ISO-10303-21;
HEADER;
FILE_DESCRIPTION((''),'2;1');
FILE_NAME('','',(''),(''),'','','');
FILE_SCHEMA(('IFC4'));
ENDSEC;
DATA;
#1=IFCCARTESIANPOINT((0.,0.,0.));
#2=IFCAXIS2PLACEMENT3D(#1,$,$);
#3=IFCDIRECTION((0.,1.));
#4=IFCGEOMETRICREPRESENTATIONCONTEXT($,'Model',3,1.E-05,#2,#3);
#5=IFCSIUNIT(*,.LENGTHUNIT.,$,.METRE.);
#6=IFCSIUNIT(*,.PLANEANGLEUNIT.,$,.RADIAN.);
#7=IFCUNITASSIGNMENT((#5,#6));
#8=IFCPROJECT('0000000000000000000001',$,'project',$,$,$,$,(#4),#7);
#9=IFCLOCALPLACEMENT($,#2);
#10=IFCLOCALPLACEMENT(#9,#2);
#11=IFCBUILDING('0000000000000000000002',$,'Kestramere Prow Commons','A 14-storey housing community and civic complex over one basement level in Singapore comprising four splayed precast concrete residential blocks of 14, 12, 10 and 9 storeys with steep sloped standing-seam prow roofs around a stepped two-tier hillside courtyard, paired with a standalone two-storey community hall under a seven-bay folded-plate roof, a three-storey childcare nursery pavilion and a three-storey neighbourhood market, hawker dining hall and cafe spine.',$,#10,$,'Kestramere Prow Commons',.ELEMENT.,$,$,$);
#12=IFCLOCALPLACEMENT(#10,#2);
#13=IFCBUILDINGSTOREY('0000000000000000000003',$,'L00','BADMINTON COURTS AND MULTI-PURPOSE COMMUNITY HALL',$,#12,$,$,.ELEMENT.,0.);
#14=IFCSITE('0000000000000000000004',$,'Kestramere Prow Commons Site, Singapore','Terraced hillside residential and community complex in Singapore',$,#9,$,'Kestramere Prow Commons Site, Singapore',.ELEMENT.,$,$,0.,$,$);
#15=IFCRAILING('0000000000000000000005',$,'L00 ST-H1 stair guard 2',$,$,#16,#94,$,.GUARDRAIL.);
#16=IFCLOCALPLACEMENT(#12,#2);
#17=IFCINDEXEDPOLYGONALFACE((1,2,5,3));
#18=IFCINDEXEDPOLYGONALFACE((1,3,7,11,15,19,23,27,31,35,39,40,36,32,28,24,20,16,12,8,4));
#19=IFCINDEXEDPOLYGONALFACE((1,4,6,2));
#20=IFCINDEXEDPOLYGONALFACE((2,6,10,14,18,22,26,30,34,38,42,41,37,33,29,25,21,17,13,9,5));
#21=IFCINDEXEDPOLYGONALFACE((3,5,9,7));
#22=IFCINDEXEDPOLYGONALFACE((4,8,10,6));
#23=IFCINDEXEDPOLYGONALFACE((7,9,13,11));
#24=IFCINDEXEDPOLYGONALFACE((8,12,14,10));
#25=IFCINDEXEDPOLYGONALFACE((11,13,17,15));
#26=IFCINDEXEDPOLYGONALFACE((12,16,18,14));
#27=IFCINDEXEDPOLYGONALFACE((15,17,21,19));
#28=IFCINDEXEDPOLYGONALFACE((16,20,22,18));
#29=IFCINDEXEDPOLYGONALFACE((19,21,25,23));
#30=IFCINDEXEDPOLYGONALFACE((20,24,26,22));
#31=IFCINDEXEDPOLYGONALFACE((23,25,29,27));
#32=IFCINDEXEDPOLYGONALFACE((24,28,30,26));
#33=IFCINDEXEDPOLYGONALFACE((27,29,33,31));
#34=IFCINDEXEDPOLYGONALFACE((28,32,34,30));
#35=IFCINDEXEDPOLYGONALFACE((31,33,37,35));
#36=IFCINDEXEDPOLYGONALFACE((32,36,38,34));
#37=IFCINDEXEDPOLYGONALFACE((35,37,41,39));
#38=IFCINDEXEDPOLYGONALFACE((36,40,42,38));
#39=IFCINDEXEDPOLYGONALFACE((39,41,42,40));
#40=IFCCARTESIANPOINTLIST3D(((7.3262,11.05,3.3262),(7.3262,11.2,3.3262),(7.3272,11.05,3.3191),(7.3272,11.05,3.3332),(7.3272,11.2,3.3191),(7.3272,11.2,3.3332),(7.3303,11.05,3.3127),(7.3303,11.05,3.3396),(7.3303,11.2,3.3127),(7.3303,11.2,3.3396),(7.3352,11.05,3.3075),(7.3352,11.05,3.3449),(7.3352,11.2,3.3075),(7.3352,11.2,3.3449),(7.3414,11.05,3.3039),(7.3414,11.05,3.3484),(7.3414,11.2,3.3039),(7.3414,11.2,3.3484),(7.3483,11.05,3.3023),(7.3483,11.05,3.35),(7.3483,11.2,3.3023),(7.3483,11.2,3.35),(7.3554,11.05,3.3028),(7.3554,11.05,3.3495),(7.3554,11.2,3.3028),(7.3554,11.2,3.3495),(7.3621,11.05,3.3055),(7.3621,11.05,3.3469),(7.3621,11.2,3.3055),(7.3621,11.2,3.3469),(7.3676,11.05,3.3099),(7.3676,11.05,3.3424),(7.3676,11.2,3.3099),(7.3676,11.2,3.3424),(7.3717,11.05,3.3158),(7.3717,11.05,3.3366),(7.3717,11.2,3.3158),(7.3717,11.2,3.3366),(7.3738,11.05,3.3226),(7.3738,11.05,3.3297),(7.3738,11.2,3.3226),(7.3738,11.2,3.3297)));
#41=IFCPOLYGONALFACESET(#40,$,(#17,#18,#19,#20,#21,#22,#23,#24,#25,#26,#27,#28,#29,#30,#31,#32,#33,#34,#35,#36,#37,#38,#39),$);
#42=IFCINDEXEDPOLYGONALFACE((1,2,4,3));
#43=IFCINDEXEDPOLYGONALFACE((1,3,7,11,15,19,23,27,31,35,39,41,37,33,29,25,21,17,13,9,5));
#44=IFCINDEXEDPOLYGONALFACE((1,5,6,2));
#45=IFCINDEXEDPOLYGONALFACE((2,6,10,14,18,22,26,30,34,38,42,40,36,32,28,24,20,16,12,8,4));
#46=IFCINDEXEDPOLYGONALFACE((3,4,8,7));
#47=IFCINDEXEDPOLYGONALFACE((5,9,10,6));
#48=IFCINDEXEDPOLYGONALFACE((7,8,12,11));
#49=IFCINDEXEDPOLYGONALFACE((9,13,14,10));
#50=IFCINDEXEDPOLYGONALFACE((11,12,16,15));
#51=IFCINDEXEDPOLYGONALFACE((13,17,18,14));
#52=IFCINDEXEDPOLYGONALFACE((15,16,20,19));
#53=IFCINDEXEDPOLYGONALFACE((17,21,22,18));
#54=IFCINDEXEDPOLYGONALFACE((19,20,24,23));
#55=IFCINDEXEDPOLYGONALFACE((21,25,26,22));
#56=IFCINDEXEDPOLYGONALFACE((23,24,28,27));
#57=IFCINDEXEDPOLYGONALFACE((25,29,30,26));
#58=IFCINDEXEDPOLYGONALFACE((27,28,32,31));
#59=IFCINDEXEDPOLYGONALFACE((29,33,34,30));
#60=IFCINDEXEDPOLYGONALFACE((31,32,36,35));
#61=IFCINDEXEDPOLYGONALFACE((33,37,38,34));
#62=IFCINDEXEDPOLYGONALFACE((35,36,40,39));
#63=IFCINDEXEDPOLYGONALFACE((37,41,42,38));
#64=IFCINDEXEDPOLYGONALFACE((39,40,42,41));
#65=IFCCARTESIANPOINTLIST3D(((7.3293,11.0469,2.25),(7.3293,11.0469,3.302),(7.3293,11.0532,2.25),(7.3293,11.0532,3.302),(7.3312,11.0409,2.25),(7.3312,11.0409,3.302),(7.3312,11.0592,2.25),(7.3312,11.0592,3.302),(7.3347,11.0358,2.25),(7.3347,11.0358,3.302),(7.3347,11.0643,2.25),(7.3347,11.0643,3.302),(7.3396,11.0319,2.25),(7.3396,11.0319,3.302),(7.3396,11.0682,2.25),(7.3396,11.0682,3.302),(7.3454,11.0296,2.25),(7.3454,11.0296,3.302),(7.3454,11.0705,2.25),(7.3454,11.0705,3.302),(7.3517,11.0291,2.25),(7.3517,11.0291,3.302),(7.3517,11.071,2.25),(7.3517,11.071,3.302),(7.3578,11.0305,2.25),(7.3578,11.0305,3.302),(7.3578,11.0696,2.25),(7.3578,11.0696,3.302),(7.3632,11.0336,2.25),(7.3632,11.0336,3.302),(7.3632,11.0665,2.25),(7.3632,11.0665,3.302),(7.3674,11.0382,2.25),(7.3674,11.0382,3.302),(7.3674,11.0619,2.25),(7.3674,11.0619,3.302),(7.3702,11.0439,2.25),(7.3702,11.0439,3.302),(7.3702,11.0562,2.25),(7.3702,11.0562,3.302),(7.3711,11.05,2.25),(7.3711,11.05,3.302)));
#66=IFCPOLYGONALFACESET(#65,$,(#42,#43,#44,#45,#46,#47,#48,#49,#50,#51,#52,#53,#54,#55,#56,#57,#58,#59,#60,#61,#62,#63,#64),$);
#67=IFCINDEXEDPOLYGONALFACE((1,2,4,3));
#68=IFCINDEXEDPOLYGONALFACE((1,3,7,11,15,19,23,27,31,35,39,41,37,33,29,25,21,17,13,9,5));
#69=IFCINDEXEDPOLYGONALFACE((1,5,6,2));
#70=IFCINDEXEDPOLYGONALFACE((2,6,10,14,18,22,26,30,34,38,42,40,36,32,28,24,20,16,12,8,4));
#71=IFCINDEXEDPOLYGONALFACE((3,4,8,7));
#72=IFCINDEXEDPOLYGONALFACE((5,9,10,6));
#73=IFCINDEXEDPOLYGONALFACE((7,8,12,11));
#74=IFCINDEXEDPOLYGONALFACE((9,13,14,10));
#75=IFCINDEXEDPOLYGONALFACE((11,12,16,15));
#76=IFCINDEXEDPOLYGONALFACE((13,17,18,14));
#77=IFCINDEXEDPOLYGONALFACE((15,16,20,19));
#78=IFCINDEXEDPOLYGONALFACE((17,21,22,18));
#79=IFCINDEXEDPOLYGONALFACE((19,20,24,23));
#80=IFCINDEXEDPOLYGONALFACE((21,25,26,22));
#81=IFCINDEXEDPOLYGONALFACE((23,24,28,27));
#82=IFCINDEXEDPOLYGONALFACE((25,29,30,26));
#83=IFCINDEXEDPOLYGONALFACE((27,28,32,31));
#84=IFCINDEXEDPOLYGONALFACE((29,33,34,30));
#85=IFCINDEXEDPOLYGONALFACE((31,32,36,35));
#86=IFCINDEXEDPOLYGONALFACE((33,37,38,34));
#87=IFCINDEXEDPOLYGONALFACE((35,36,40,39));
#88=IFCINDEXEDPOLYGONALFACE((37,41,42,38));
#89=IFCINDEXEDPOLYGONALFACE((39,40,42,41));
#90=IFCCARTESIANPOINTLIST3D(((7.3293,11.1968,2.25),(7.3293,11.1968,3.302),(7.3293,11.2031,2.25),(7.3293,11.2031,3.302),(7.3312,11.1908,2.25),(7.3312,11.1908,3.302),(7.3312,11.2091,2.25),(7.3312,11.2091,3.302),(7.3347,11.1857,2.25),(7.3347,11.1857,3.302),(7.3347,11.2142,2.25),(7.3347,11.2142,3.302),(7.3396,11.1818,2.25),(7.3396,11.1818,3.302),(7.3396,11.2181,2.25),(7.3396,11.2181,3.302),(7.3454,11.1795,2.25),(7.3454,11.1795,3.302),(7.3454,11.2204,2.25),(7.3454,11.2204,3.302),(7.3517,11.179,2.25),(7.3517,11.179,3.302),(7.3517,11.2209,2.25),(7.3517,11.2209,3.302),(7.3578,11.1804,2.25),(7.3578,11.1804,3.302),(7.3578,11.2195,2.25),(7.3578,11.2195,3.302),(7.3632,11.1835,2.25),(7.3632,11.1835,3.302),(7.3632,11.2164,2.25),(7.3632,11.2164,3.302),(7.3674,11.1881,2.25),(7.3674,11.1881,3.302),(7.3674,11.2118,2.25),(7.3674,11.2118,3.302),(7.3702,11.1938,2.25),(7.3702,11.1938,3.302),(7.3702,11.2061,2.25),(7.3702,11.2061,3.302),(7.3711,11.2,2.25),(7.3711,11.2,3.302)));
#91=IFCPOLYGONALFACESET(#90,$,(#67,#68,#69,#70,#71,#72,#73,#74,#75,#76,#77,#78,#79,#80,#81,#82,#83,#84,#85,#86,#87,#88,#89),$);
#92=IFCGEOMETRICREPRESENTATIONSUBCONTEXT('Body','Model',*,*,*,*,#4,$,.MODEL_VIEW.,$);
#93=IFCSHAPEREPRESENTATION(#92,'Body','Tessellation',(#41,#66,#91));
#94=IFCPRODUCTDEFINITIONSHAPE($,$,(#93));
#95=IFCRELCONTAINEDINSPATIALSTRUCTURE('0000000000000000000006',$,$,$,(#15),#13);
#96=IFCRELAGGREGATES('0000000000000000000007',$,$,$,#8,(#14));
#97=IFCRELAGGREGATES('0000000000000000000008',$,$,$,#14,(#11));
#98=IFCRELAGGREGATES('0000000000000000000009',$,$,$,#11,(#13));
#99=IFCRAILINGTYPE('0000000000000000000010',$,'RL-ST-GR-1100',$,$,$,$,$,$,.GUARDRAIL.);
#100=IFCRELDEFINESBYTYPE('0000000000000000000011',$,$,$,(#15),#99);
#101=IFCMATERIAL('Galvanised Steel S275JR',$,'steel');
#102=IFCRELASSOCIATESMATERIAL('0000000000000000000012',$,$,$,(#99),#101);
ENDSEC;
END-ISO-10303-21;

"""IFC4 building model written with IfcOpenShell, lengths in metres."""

from ifc_helpers import new_model, si_unit, direction, frame, origin, origin_2d, place, context, subcontext, project, spatial, circle, extrude, material, type_object, element, save


model = new_model("IFC4")

# Units and contexts
model_context = context("Model", 3, precision=1e-05, world=origin(), true_north=direction((0.0, 1.0)))
body_context = subcontext(model_context, "Body", "Model", "MODEL_VIEW")
ifc_project = project(units=[si_unit("LENGTHUNIT", "METRE"), si_unit("PLANEANGLEUNIT", "RADIAN")], contexts=[model_context])

# Site, building, storey
site_placement = place(None, origin())
site = spatial("IfcSite", under=ifc_project, at=site_placement, Name="Kestramere Prow Commons Site, Singapore", Description="Terraced hillside residential and community complex in Singapore", LongName="Kestramere Prow Commons Site, Singapore", CompositionType="ELEMENT", RefElevation=0.0)
building_placement = place(site_placement, origin())
building = spatial("IfcBuilding", under=site, at=building_placement, Name="Kestramere Prow Commons", Description="A 14-storey housing community and civic complex over one basement level in Singapore comprising four splayed precast concrete residential blocks of 14, 12, 10 and 9 storeys with steep sloped standing-seam prow roofs around a stepped two-tier hillside courtyard, paired with a standalone two-storey community hall under a seven-bay folded-plate roof, a three-storey childcare nursery pavilion and a three-storey neighbourhood market, hawker dining hall and cafe spine.", LongName="Kestramere Prow Commons", CompositionType="ELEMENT")
storey_placement = place(building_placement, origin())
storey = spatial("IfcBuildingStorey", under=building, at=storey_placement, Name="L00", Description="BADMINTON COURTS AND MULTI-PURPOSE COMMUNITY HALL", CompositionType="ELEMENT", Elevation=0.0)

# Railing
ifc_material_1 = material(Name="Galvanised Steel S275JR", Category="steel")
railing_type = type_object("IfcRailingType", Name="RL-ST-GR-1100", PredefinedType="GUARDRAIL", material=ifc_material_1)
railing_1_placement = place(storey_placement, frame((7.3501, 11.05, 2.25)))
element("IfcRailing", 1, at=railing_1_placement, inside=storey, type_object=railing_type, Name="L00 ST-H1 stair guard 2", PredefinedType="GUARDRAIL", context=body_context, shape_type="SweptSolid", body=[
    extrude(circle(Radius=0.0239, at=origin_2d()), frame((0.0, 0.0, 1.0762), z_axis=(0.0, 1.0, 0.0), x_axis=(-1.0, 0.0, 0.0)), (0.0, 0.0, 1.0), 0.1499),
    extrude(circle(Radius=0.021, at=origin_2d()), origin(), (0.0, 0.0, 1.0), 1.052),
    extrude(circle(Radius=0.021, at=origin_2d()), frame((0.0, 0.1499, 0.0)), (0.0, 0.0, 1.0), 1.052),
])

save(model, "model.ifc")
